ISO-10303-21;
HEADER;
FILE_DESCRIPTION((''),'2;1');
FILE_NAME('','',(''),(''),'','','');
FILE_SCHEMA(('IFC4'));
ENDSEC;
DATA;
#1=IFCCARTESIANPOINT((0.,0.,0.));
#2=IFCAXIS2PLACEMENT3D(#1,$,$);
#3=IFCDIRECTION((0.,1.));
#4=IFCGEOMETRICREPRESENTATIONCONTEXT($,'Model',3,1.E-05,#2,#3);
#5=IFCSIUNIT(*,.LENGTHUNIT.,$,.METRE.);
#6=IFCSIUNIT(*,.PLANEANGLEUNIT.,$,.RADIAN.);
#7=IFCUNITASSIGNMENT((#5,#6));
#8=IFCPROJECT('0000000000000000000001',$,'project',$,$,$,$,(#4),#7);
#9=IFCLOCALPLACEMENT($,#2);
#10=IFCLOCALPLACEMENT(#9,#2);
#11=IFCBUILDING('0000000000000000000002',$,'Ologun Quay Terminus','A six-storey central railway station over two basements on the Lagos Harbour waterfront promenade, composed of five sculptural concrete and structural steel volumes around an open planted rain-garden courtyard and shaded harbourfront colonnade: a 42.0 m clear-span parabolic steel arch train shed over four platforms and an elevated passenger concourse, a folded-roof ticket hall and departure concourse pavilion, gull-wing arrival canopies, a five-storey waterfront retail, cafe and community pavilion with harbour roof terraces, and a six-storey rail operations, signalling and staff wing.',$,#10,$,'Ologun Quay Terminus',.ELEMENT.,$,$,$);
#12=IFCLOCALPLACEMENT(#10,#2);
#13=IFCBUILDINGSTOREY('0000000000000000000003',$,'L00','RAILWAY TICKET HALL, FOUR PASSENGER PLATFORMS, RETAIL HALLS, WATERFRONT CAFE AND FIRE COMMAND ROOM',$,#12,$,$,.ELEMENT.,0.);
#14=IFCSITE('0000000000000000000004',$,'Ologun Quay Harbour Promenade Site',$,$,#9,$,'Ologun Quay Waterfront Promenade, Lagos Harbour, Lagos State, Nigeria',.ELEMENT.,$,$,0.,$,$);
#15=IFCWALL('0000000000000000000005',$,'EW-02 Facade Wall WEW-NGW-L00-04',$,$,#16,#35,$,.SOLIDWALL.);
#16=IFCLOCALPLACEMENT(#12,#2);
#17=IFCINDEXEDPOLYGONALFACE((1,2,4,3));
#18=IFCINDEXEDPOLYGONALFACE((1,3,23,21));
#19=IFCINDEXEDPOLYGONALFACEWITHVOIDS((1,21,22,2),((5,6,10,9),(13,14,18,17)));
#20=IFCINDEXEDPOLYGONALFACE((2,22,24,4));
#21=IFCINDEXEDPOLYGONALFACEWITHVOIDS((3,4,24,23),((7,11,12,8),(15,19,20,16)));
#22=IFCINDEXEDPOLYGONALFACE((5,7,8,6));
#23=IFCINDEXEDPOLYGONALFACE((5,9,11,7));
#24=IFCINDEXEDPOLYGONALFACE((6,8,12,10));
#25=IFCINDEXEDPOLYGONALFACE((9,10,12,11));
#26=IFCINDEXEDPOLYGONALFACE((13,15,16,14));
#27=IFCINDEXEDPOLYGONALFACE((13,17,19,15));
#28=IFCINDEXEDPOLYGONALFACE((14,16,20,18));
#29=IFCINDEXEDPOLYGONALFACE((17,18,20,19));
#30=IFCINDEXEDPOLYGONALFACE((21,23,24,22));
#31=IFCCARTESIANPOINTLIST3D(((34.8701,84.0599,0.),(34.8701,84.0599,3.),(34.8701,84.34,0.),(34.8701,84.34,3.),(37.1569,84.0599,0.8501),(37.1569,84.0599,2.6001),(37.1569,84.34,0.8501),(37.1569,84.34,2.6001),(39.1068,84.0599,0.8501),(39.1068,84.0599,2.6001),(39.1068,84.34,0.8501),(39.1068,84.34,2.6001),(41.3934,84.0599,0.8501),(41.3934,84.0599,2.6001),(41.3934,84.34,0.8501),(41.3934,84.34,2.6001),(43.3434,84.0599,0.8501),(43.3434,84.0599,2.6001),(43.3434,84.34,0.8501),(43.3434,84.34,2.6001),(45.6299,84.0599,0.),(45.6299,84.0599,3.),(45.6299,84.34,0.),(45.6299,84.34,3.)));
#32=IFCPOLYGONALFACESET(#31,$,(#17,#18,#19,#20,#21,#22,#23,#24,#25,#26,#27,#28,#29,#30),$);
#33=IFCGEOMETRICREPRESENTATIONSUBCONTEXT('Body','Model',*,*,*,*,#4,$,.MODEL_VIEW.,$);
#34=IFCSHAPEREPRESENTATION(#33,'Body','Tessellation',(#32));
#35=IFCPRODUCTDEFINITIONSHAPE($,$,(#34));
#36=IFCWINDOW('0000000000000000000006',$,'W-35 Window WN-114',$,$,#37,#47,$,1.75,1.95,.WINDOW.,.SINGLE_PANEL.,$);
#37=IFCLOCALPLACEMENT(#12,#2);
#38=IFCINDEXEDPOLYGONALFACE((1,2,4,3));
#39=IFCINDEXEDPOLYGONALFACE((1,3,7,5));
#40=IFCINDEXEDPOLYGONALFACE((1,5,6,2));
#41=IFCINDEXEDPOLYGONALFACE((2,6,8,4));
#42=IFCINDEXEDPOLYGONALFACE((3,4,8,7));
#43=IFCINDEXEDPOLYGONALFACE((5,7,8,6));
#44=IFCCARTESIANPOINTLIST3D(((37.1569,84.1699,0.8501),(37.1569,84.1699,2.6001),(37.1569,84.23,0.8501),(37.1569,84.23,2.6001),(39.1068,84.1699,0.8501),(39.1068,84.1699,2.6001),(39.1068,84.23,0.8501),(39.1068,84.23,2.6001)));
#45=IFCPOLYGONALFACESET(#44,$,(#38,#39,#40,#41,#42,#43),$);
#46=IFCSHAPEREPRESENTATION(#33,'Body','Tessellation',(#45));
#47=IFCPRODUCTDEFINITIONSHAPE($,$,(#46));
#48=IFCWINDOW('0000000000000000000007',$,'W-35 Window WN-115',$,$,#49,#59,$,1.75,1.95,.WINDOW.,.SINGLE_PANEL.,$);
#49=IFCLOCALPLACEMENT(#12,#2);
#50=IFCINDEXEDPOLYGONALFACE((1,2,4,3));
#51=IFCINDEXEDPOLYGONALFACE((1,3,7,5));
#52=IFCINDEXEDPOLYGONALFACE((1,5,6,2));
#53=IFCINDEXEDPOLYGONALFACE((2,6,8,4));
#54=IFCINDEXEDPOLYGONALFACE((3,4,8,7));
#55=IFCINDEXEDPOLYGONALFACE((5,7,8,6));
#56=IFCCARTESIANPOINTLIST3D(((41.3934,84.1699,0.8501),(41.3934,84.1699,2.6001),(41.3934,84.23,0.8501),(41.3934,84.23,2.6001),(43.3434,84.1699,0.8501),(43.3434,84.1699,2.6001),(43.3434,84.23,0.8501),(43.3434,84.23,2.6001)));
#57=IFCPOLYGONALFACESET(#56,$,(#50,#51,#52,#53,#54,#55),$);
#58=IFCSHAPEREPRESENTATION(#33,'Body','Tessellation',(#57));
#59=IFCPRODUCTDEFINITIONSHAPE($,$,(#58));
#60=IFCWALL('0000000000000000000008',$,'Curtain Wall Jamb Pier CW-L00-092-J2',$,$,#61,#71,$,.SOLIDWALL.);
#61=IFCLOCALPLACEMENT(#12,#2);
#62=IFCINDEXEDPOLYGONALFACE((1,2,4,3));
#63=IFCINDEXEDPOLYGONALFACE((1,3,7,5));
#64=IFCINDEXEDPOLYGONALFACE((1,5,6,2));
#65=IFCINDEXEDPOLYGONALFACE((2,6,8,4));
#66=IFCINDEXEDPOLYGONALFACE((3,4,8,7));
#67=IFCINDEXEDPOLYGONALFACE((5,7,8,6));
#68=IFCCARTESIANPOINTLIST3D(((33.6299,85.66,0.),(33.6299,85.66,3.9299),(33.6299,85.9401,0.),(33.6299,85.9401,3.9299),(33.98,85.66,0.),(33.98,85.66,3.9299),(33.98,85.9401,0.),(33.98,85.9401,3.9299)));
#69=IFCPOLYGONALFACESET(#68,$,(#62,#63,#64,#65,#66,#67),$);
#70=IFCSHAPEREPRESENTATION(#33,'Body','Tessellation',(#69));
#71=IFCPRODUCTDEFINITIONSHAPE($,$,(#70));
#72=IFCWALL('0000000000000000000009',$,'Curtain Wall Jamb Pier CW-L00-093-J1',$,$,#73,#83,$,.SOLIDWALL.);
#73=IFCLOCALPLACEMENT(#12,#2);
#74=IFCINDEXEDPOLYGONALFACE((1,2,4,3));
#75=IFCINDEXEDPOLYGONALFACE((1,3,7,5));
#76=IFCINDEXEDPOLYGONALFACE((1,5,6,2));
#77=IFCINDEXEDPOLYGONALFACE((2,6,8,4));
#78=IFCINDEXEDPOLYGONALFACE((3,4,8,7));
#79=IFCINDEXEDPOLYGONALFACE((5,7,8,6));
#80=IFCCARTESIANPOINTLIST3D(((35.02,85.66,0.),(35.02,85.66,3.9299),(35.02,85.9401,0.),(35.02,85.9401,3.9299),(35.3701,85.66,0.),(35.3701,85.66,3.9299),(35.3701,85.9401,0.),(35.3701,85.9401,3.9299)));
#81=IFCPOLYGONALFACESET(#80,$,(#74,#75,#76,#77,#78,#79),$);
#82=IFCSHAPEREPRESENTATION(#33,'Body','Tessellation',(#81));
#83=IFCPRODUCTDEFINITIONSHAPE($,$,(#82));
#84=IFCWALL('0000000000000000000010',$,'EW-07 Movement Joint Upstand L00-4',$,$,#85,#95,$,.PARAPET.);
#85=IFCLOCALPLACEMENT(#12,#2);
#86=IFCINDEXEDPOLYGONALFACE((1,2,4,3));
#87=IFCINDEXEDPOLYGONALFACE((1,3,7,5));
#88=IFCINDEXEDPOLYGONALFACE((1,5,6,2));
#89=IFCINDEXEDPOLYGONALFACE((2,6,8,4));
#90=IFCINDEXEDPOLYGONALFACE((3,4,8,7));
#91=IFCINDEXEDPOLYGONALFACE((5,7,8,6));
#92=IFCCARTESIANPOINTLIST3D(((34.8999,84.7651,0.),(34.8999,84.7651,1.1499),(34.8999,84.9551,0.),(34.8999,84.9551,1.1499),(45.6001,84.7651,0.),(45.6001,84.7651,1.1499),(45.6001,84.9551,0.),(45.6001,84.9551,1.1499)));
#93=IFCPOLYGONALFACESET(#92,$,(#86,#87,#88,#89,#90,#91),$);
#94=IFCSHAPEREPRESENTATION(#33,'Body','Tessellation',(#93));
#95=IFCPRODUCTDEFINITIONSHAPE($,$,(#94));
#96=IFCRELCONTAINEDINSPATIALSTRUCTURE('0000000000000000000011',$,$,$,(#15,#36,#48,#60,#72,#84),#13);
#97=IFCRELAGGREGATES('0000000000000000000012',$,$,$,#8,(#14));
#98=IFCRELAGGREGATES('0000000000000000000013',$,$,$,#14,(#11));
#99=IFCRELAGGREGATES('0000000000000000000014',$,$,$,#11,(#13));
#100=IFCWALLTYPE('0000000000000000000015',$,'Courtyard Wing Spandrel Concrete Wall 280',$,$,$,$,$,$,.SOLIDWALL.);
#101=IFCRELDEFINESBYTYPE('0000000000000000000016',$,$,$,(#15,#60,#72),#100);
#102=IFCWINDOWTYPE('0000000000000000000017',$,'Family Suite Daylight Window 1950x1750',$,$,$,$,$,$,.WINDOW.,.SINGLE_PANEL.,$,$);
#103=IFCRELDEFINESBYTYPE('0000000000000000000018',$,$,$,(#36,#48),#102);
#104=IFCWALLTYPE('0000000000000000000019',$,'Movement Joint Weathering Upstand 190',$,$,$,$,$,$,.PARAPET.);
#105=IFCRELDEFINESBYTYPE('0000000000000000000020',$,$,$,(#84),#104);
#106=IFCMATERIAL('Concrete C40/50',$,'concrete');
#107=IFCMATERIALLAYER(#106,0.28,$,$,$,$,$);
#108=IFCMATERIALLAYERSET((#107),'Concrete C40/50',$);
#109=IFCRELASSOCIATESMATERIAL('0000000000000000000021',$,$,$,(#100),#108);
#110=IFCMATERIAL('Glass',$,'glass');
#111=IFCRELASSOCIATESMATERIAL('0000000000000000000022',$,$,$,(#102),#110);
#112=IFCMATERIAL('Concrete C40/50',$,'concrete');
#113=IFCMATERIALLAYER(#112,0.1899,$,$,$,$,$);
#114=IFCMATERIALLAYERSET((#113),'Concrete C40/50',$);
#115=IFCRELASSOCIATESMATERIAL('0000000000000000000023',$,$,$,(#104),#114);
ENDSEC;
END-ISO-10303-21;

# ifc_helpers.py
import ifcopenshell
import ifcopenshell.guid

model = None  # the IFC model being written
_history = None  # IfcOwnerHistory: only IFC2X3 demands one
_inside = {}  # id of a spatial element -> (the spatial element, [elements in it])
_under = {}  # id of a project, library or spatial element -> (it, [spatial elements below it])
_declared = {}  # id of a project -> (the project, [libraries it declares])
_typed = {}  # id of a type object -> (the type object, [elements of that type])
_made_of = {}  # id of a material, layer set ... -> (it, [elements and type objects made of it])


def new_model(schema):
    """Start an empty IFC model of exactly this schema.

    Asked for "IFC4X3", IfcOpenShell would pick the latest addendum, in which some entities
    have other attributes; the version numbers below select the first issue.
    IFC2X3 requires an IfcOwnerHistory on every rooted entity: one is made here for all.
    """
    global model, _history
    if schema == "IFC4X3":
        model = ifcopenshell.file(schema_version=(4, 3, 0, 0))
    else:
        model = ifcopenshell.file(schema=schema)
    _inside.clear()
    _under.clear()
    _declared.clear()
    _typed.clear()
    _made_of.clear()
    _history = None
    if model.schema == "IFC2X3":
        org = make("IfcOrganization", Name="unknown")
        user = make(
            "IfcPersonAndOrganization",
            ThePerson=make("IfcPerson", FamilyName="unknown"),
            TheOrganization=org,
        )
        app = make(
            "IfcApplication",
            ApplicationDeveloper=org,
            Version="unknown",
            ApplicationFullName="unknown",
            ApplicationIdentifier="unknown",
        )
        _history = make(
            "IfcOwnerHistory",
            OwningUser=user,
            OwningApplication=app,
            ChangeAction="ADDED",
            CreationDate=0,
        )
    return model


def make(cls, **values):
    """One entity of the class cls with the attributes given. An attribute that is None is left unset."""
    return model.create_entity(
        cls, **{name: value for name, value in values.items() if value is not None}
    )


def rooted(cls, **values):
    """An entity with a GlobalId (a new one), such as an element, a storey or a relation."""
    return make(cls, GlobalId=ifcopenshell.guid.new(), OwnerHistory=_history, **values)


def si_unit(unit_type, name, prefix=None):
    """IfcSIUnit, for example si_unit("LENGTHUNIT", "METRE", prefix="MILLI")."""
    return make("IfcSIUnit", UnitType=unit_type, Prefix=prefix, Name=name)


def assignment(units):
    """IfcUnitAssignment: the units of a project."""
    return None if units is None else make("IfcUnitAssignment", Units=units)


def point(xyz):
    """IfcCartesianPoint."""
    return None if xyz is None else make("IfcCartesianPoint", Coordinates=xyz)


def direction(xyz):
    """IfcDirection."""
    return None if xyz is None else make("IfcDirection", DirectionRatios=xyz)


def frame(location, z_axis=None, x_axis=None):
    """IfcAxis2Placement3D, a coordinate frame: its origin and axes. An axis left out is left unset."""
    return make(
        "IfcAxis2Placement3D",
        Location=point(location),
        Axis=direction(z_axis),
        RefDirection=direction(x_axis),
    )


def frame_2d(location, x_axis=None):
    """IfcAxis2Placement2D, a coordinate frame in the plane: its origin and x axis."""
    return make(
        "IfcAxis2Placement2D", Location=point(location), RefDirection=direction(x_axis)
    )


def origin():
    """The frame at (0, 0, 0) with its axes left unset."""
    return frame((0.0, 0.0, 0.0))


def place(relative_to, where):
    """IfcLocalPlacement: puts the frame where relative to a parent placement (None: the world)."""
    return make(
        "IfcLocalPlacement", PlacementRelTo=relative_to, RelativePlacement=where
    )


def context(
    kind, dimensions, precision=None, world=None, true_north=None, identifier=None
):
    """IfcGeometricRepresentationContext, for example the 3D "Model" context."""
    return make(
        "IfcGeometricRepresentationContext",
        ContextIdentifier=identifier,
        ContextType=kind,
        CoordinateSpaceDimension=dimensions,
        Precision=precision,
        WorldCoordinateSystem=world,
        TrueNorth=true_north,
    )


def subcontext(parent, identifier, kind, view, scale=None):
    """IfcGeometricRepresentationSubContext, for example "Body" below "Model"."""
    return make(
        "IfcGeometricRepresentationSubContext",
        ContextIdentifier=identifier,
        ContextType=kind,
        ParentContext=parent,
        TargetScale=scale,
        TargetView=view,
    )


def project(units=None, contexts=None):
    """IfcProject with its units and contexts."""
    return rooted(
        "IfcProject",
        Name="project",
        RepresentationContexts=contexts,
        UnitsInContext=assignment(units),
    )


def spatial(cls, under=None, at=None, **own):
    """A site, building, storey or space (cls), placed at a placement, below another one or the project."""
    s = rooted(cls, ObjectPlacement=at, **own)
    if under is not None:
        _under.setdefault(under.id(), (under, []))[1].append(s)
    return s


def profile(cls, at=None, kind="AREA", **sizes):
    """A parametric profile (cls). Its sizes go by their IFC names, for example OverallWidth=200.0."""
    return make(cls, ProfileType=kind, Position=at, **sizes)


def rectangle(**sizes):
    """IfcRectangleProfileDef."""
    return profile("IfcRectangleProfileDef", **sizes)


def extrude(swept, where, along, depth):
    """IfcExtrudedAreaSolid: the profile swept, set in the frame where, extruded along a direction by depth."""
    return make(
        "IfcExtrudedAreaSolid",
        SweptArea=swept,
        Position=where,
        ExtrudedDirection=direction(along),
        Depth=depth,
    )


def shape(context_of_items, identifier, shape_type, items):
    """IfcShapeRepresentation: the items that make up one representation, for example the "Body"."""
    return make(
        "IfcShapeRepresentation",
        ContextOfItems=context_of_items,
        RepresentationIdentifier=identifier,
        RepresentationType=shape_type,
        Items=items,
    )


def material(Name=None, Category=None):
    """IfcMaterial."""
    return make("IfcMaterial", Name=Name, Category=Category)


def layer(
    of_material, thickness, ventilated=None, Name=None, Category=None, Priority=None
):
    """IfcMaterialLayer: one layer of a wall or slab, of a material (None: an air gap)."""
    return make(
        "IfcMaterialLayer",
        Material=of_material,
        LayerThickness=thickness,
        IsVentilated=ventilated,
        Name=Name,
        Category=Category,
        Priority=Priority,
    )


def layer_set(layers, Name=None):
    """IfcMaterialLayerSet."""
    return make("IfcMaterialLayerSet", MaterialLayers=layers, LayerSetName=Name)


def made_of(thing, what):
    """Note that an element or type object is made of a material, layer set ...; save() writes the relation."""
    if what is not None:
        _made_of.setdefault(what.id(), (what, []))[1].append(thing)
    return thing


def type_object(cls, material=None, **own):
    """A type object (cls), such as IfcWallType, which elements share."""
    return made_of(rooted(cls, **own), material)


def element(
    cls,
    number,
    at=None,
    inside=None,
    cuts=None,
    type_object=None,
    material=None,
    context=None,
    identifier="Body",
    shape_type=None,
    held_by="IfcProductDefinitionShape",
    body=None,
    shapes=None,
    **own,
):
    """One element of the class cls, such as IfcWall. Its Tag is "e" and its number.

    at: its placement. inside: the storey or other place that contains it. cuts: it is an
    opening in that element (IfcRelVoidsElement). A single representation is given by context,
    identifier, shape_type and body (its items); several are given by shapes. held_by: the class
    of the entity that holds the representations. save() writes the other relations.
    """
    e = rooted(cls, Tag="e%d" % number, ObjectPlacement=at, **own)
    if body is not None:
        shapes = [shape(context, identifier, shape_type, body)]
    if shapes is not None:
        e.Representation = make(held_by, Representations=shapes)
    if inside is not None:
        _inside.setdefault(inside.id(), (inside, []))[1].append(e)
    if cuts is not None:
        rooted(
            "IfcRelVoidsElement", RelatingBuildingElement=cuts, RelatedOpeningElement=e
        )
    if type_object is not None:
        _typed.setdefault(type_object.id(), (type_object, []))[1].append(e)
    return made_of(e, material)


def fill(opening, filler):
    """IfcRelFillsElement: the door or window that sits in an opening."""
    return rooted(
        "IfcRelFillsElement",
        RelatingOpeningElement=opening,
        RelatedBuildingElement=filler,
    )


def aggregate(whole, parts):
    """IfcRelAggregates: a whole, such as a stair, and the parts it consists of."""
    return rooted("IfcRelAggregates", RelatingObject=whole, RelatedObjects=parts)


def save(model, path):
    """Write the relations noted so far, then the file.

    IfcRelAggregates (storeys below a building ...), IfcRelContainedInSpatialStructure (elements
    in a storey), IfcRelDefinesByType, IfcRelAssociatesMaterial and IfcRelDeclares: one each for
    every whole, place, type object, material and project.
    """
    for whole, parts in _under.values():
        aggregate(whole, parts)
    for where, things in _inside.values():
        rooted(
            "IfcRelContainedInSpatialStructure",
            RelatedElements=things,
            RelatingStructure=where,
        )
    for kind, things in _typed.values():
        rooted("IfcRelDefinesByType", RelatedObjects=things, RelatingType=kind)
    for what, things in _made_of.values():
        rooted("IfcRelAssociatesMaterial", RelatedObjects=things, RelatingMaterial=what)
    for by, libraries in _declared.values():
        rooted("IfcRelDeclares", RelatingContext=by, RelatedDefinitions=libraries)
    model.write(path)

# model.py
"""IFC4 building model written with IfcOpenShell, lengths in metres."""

from ifc_helpers import new_model, si_unit, direction, frame, frame_2d, origin, place, context, subcontext, project, spatial, rectangle, extrude, material, layer, layer_set, type_object, element, fill, save


model = new_model("IFC4")

# Units and contexts
model_context = context("Model", 3, precision=1e-05, world=origin(), true_north=direction((0.0, 1.0)))
body_context = subcontext(model_context, "Body", "Model", "MODEL_VIEW")
ifc_project = project(units=[si_unit("LENGTHUNIT", "METRE"), si_unit("PLANEANGLEUNIT", "RADIAN")], contexts=[model_context])

# Site, building, storey
site_placement = place(None, origin())
site = spatial("IfcSite", under=ifc_project, at=site_placement, Name="Ologun Quay Harbour Promenade Site", LongName="Ologun Quay Waterfront Promenade, Lagos Harbour, Lagos State, Nigeria", CompositionType="ELEMENT", RefElevation=0.0)
building_placement = place(site_placement, origin())
building = spatial("IfcBuilding", under=site, at=building_placement, Name="Ologun Quay Terminus", Description="A six-storey central railway station over two basements on the Lagos Harbour waterfront promenade, composed of five sculptural concrete and structural steel volumes around an open planted rain-garden courtyard and shaded harbourfront colonnade: a 42.0 m clear-span parabolic steel arch train shed over four platforms and an elevated passenger concourse, a folded-roof ticket hall and departure concourse pavilion, gull-wing arrival canopies, a five-storey waterfront retail, cafe and community pavilion with harbour roof terraces, and a six-storey rail operations, signalling and staff wing.", LongName="Ologun Quay Terminus", CompositionType="ELEMENT")
storey_placement = place(building_placement, origin())
storey = spatial("IfcBuildingStorey", under=building, at=storey_placement, Name="L00", Description="RAILWAY TICKET HALL, FOUR PASSENGER PLATFORMS, RETAIL HALLS, WATERFRONT CAFE AND FIRE COMMAND ROOM", CompositionType="ELEMENT", Elevation=0.0)

# Wall, openings, windows
ifc_material_1 = material(Name="Concrete C40/50", Category="concrete")
ifc_layer_1 = layer(ifc_material_1, 0.28)
ifc_layer_set_1 = layer_set([ifc_layer_1], Name="Concrete C40/50")
wall_type_1 = type_object("IfcWallType", Name="Courtyard Wing Spandrel Concrete Wall 280", PredefinedType="SOLIDWALL", material=ifc_layer_set_1)
wall_1_placement = place(storey_placement, frame((34.8701, 84.2, 0.0), z_axis=(0.0, 0.0, 1.0), x_axis=(1.0, 0.0, 0.0)))
wall_1 = element("IfcWall", 1, at=wall_1_placement, inside=storey, type_object=wall_type_1, Name="EW-02 Facade Wall WEW-NGW-L00-04", PredefinedType="SOLIDWALL", context=body_context, shape_type="SweptSolid", body=[
    extrude(rectangle(XDim=10.7598, YDim=0.28, at=frame_2d((5.3799, 0.0))), origin(), (0.0, 0.0, 1.0), 3.0),
])
opening_1_placement = place(wall_1_placement, frame((2.2866, 0.0, 0.8501)))
opening_1 = element("IfcOpeningElement", 2, at=opening_1_placement, cuts=wall_1, PredefinedType="OPENING", context=body_context, shape_type="SweptSolid", body=[
    extrude(rectangle(XDim=1.95, YDim=1.75, at=frame_2d((0.9751, 0.875))), frame((0.0, 0.1499, 0.0), z_axis=(0.0, -1.0, 0.0), x_axis=(1.0, 0.0, 0.0)), (0.0, 0.0, 1.0), 0.3),
])
opening_2_placement = place(wall_1_placement, frame((6.5232, 0.0, 0.8501)))
opening_2 = element("IfcOpeningElement", 3, at=opening_2_placement, cuts=wall_1, PredefinedType="OPENING", context=body_context, shape_type="SweptSolid", body=[
    extrude(rectangle(XDim=1.95, YDim=1.75, at=frame_2d((0.9751, 0.875))), frame((0.0, 0.1499, 0.0), z_axis=(0.0, -1.0, 0.0), x_axis=(1.0, 0.0, 0.0)), (0.0, 0.0, 1.0), 0.3),
])
ifc_material_2 = material(Name="Glass", Category="glass")
window_type = type_object("IfcWindowType", Name="Family Suite Daylight Window 1950x1750", PartitioningType="SINGLE_PANEL", PredefinedType="WINDOW", material=ifc_material_2)
window_1_placement = place(opening_1_placement, origin())
window_1 = element("IfcWindow", 4, at=window_1_placement, inside=storey, type_object=window_type, Name="W-35 Window WN-114", OverallHeight=1.75, OverallWidth=1.95, PartitioningType="SINGLE_PANEL", PredefinedType="WINDOW", context=body_context, shape_type="SweptSolid", body=[
    extrude(rectangle(XDim=1.95, YDim=1.75, at=frame_2d((0.9751, 0.875))), frame((0.0, 0.03, 0.0), z_axis=(0.0, -1.0, 0.0), x_axis=(1.0, 0.0, 0.0)), (0.0, 0.0, 1.0), 0.0601),
])
fill(opening_1, window_1)
window_2_placement = place(opening_2_placement, origin())
window_2 = element("IfcWindow", 5, at=window_2_placement, inside=storey, type_object=window_type, Name="W-35 Window WN-115", OverallHeight=1.75, OverallWidth=1.95, PartitioningType="SINGLE_PANEL", PredefinedType="WINDOW", context=body_context, shape_type="SweptSolid", body=[
    extrude(rectangle(XDim=1.95, YDim=1.75, at=frame_2d((0.9751, 0.875))), frame((0.0, 0.03, 0.0), z_axis=(0.0, -1.0, 0.0), x_axis=(1.0, 0.0, 0.0)), (0.0, 0.0, 1.0), 0.0601),
])
fill(opening_2, window_2)

# Walls
for number, where, z_axis, x_axis, name in (
    (6, (33.6299, 85.8, 0.0), (0.0, 0.0, 1.0), (1.0, 0.0, 0.0), "Curtain Wall Jamb Pier CW-L00-092-J2"),
    (7, (35.02, 85.8, 0.0), (0.0, 0.0, 1.0), (1.0, 0.0, 0.0), "Curtain Wall Jamb Pier CW-L00-093-J1"),
):
    element("IfcWall", number, at=place(storey_placement, frame(where, z_axis=z_axis, x_axis=x_axis)), inside=storey, type_object=wall_type_1, Name=name, PredefinedType="SOLIDWALL", context=body_context, shape_type="SweptSolid", body=[
        extrude(rectangle(XDim=0.3501, YDim=0.28, at=frame_2d((0.175, 0.0))), origin(), (0.0, 0.0, 1.0), 3.9299),
    ])
ifc_material_3 = material(Name="Concrete C40/50", Category="concrete")
ifc_layer_2 = layer(ifc_material_3, 0.1899)
ifc_layer_set_2 = layer_set([ifc_layer_2], Name="Concrete C40/50")
wall_type_2 = type_object("IfcWallType", Name="Movement Joint Weathering Upstand 190", PredefinedType="PARAPET", material=ifc_layer_set_2)
wall_2_placement = place(storey_placement, frame((34.8999, 84.8601, 0.0), z_axis=(0.0, 0.0, 1.0), x_axis=(1.0, 0.0, 0.0)))
element("IfcWall", 8, at=wall_2_placement, inside=storey, type_object=wall_type_2, Name="EW-07 Movement Joint Upstand L00-4", PredefinedType="PARAPET", context=body_context, shape_type="SweptSolid", body=[
    extrude(rectangle(XDim=10.7002, YDim=0.1899, at=frame_2d((5.3501, 0.0))), origin(), (0.0, 0.0, 1.0), 1.1499),
])

save(model, "model.ifc")
